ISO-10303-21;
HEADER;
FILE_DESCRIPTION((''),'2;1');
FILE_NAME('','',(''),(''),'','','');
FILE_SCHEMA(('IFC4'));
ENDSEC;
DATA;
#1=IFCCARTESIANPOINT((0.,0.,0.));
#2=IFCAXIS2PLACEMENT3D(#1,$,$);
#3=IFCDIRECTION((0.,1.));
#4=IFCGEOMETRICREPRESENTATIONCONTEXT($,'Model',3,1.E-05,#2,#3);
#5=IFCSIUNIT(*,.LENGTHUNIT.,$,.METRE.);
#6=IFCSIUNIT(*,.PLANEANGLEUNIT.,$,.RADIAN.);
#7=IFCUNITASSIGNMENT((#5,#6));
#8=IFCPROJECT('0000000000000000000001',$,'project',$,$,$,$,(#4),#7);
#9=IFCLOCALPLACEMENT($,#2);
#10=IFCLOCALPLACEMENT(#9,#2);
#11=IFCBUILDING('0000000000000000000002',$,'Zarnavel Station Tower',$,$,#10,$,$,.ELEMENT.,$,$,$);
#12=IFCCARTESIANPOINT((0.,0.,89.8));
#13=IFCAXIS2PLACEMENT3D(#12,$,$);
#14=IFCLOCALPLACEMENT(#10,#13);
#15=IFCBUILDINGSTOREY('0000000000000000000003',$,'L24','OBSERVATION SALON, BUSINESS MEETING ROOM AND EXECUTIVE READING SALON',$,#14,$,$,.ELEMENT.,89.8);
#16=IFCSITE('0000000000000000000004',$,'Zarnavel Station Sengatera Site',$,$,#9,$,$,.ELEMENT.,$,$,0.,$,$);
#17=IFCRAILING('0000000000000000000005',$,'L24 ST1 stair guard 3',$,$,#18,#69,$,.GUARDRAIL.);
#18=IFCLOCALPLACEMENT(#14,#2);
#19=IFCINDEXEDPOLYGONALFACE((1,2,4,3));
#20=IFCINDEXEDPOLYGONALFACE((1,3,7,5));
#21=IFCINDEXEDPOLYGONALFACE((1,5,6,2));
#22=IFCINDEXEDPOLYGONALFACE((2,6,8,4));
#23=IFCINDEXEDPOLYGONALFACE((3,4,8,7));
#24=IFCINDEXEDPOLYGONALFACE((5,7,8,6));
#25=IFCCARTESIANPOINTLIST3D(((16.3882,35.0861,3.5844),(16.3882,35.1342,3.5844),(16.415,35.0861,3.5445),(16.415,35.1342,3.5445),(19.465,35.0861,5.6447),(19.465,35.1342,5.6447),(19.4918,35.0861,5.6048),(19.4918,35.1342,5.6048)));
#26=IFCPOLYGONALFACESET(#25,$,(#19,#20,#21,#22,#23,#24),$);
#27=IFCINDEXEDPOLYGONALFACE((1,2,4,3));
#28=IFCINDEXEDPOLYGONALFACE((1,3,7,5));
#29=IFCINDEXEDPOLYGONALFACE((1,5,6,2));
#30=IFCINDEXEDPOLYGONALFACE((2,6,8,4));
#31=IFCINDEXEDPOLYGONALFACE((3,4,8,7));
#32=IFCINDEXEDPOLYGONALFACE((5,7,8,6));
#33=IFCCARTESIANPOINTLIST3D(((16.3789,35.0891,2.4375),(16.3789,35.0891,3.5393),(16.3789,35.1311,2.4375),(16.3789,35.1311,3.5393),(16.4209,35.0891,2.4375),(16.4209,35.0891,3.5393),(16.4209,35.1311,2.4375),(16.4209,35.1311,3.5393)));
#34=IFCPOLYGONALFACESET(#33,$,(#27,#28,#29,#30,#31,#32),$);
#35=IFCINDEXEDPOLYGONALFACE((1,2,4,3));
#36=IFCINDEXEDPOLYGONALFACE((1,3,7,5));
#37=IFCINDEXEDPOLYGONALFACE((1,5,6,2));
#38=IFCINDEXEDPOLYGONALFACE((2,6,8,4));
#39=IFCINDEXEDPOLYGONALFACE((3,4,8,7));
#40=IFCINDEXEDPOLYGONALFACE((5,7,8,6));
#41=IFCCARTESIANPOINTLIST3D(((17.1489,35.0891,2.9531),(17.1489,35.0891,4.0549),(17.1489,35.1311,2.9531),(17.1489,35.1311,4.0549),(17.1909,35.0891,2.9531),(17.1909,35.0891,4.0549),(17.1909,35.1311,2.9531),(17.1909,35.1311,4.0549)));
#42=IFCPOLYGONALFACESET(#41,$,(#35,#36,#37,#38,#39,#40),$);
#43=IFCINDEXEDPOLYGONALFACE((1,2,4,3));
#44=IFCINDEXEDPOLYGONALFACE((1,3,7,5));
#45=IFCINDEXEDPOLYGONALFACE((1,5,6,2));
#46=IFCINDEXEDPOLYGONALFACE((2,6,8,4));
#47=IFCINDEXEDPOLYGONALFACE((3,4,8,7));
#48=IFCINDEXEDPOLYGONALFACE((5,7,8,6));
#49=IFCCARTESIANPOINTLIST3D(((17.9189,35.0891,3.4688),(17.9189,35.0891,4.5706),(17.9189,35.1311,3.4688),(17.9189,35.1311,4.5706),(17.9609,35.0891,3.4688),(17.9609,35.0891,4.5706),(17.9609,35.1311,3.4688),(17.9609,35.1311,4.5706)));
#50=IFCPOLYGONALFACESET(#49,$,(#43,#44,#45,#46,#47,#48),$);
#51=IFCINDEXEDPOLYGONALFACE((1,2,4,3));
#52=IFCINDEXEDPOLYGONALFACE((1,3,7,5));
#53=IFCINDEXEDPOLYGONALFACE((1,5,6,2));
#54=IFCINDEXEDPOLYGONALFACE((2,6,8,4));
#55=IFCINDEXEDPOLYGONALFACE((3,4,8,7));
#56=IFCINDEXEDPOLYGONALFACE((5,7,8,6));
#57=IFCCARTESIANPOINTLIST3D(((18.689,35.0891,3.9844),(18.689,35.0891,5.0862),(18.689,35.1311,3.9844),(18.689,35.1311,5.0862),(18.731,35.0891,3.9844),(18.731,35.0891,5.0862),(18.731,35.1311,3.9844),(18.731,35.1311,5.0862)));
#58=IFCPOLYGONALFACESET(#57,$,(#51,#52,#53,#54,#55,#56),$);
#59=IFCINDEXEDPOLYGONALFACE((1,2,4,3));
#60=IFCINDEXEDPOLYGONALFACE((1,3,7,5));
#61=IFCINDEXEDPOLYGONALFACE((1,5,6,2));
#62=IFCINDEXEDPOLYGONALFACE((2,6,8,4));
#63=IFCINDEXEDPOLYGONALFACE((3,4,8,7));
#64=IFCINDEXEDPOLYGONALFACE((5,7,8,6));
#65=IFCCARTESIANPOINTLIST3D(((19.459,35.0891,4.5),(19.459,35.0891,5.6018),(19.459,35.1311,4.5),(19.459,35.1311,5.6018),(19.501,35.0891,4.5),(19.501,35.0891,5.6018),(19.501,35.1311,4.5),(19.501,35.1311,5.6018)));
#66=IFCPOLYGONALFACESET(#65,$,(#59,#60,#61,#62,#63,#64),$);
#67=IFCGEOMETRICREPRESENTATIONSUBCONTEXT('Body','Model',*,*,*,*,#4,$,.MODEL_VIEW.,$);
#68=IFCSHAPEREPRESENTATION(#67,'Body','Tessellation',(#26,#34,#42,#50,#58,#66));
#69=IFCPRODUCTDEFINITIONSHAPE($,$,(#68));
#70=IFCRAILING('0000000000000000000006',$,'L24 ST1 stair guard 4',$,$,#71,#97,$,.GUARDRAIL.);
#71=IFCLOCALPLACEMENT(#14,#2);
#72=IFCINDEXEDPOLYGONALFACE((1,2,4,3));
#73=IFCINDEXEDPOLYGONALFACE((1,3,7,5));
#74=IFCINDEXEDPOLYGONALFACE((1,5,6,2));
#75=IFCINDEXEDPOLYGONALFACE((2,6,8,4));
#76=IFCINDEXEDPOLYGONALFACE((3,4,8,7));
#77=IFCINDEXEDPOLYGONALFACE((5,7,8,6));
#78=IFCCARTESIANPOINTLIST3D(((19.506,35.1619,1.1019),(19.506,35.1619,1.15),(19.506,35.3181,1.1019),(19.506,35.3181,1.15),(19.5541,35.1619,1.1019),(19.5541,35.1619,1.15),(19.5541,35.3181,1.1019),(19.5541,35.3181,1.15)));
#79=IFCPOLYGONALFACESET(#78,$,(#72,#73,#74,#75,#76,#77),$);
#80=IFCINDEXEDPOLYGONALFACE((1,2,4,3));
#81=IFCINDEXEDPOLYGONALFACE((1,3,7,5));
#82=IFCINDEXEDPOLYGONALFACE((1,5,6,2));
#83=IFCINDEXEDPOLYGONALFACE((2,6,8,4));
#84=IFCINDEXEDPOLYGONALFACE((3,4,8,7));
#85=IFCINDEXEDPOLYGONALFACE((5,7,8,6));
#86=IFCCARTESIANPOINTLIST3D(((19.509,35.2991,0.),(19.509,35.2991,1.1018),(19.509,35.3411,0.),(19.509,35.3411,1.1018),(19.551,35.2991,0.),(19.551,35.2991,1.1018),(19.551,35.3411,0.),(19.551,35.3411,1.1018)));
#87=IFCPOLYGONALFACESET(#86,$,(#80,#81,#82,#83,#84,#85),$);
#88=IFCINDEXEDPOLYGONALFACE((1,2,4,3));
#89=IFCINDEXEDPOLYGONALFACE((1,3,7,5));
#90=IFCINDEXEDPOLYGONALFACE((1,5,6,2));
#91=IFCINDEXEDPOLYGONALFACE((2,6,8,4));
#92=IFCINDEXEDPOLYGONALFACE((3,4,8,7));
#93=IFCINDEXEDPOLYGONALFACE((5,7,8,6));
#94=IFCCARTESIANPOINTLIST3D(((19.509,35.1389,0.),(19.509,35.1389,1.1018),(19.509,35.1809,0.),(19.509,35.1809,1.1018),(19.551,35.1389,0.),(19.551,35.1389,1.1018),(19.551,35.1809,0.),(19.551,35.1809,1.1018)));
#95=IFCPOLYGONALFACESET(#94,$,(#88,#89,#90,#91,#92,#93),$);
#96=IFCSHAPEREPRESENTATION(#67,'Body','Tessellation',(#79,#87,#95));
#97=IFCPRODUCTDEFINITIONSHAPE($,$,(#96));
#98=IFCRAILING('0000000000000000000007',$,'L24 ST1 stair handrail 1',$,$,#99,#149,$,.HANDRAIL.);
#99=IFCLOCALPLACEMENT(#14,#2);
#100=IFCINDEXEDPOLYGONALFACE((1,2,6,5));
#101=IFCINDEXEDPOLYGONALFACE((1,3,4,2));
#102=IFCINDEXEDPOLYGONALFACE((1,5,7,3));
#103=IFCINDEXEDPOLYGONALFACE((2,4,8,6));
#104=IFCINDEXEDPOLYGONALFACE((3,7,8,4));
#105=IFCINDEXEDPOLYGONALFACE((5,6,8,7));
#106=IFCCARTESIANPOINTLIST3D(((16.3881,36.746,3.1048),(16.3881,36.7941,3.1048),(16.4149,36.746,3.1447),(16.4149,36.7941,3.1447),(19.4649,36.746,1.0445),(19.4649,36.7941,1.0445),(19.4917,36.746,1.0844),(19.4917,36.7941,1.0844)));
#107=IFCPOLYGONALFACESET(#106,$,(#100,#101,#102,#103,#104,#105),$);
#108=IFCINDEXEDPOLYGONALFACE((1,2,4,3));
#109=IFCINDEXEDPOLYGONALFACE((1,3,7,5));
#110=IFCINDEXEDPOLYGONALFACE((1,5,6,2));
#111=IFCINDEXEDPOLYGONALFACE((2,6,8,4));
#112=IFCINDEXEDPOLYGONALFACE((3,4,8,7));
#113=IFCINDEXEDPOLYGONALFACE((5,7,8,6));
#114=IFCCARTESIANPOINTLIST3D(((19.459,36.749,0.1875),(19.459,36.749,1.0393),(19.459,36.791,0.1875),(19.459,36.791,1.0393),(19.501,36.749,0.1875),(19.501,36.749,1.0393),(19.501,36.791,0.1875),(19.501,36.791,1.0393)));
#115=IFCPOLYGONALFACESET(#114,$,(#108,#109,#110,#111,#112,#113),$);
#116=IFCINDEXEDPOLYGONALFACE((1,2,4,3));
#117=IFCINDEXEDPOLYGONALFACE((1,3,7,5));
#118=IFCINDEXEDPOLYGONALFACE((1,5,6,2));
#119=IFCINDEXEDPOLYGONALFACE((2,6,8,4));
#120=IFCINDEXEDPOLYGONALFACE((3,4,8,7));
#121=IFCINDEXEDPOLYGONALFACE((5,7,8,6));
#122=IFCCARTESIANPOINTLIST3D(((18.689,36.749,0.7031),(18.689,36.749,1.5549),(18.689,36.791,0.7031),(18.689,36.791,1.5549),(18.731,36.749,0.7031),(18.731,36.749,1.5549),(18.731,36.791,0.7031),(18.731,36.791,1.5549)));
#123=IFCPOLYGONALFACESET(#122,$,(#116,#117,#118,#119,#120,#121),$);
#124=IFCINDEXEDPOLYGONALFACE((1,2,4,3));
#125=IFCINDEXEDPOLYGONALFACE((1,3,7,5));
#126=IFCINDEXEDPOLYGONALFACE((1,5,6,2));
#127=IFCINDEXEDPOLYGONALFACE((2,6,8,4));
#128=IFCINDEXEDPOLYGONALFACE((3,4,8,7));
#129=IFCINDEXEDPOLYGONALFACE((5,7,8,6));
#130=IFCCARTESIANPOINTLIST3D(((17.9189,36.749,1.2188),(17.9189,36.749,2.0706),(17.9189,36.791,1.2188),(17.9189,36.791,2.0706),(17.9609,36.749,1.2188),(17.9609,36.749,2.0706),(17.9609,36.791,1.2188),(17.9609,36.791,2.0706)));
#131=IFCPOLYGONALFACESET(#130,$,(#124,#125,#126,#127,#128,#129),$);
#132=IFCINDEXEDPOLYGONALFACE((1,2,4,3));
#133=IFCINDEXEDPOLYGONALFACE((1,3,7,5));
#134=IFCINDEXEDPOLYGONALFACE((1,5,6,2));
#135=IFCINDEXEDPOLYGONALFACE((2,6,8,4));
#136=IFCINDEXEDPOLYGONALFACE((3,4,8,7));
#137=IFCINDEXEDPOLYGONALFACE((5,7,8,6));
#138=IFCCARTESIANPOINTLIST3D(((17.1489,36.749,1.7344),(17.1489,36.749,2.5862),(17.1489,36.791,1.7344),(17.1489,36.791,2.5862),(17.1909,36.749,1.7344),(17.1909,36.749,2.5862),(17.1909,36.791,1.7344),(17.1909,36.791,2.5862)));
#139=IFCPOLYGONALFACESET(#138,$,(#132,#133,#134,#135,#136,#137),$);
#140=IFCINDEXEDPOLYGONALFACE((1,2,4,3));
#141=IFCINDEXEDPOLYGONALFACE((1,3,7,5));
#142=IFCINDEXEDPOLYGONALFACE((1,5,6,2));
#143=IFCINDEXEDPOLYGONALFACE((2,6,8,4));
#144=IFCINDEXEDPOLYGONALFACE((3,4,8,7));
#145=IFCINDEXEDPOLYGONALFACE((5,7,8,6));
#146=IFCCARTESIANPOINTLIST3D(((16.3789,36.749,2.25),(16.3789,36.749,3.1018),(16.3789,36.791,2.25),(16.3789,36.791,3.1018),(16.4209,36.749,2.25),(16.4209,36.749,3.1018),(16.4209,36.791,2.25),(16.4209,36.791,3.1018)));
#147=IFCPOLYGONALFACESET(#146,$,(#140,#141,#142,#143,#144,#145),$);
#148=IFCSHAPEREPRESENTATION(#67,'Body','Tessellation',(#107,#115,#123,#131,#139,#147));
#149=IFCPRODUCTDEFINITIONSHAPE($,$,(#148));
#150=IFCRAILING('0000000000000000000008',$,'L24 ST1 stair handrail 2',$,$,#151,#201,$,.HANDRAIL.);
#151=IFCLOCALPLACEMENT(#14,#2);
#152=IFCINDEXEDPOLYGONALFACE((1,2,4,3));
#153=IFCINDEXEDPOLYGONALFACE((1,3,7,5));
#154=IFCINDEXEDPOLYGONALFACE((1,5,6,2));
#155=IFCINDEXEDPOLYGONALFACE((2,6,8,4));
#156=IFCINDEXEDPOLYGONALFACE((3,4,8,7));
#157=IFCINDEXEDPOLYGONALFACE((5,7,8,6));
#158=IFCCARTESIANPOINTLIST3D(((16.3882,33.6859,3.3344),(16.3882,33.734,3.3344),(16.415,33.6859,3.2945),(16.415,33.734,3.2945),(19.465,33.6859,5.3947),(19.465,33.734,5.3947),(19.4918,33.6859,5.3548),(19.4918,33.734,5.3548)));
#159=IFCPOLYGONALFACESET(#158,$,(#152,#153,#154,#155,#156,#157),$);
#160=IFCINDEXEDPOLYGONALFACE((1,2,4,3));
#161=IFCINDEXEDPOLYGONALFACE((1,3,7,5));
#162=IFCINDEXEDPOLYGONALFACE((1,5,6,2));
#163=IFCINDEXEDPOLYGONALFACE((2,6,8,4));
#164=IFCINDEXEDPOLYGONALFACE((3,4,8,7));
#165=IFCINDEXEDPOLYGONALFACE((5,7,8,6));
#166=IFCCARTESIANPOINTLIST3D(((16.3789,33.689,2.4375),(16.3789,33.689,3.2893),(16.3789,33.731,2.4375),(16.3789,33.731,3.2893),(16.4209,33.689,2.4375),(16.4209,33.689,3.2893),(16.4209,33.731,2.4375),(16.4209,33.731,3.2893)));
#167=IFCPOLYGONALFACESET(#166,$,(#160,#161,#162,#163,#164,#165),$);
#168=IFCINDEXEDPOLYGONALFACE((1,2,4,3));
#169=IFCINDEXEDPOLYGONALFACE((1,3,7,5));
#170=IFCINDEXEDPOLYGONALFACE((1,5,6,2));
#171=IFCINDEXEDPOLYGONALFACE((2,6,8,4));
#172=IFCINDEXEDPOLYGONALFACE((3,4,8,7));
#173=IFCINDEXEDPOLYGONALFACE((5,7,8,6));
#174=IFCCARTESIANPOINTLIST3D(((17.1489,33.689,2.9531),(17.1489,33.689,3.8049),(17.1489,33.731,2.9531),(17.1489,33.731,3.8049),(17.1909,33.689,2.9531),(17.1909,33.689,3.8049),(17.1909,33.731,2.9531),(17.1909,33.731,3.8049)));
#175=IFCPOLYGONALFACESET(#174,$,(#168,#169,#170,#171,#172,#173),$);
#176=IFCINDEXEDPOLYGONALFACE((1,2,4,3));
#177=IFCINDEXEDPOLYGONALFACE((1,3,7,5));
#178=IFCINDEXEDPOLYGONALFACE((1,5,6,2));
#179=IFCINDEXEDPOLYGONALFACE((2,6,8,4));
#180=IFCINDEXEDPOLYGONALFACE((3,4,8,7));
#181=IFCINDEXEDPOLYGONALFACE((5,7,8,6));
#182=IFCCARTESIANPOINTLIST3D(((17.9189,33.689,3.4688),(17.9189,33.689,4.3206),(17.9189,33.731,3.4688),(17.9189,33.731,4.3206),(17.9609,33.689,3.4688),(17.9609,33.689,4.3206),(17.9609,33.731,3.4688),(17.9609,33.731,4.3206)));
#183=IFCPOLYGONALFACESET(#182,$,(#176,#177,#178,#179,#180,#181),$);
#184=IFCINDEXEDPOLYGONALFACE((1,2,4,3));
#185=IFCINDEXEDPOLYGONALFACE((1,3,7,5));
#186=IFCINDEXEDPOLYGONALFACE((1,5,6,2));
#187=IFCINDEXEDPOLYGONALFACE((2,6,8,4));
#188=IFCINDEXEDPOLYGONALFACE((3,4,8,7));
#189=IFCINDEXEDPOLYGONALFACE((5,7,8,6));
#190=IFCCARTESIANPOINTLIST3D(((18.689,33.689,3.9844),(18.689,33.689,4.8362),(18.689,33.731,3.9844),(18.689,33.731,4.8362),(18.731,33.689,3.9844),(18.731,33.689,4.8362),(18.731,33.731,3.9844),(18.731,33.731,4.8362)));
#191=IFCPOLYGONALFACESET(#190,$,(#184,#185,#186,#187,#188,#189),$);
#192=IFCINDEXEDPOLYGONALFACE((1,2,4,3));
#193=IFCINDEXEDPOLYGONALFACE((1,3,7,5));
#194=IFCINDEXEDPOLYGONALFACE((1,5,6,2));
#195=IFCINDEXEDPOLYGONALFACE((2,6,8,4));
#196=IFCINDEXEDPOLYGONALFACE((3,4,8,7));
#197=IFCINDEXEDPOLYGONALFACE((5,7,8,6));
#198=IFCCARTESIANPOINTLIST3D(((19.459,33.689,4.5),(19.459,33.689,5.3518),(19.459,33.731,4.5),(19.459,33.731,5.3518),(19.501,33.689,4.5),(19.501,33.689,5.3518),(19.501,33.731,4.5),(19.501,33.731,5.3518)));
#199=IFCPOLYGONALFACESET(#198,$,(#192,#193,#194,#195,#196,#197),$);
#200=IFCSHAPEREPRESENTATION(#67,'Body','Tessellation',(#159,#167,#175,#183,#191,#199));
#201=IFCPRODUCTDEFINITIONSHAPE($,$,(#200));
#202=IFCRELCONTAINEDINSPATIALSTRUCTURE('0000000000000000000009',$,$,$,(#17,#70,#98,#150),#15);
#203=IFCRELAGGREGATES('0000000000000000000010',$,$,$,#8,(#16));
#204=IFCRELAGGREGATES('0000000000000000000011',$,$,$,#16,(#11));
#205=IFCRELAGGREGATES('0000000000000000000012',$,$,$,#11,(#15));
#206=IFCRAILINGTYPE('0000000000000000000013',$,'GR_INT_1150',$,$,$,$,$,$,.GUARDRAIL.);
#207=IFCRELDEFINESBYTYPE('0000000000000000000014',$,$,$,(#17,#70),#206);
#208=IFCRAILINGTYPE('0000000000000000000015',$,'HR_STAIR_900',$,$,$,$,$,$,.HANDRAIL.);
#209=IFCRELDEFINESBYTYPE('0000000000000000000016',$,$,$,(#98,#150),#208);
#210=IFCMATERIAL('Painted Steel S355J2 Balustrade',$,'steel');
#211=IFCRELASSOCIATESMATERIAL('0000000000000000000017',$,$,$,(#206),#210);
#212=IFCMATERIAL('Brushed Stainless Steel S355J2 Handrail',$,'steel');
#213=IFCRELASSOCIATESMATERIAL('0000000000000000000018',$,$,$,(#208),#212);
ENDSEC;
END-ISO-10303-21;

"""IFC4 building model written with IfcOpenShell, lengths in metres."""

from ifc_helpers import new_model, si_unit, direction, frame, origin, origin_2d, place, context, subcontext, project, spatial, rectangle, extrude, material, type_object, element, save


model = new_model("IFC4")

# Units and contexts
model_context = context("Model", 3, precision=1e-05, world=origin(), true_north=direction((0.0, 1.0)))
body_context = subcontext(model_context, "Body", "Model", "MODEL_VIEW")
ifc_project = project(units=[si_unit("LENGTHUNIT", "METRE"), si_unit("PLANEANGLEUNIT", "RADIAN")], contexts=[model_context])

# Site, building, storey
site_placement = place(None, origin())
site = spatial("IfcSite", under=ifc_project, at=site_placement, Name="Zarnavel Station Sengatera Site", CompositionType="ELEMENT", RefElevation=0.0)
building_placement = place(site_placement, origin())
building = spatial("IfcBuilding", under=site, at=building_placement, Name="Zarnavel Station Tower", CompositionType="ELEMENT")
storey_placement = place(building_placement, frame((0.0, 0.0, 89.8)))
storey = spatial("IfcBuildingStorey", under=building, at=storey_placement, Name="L24", Description="OBSERVATION SALON, BUSINESS MEETING ROOM AND EXECUTIVE READING SALON", CompositionType="ELEMENT", Elevation=89.8)

# Railings
ifc_material_1 = material(Name="Painted Steel S355J2 Balustrade", Category="steel")
railing_type_1 = type_object("IfcRailingType", Name="GR_INT_1150", PredefinedType="GUARDRAIL", material=ifc_material_1)
railing_1_placement = place(storey_placement, frame((16.3999, 35.1101, 2.4375)))
element("IfcRailing", 1, at=railing_1_placement, inside=storey, type_object=railing_type_1, Name="L24 ST1 stair guard 3", PredefinedType="GUARDRAIL", context=body_context, shape_type="SweptSolid", body=[
    extrude(rectangle(XDim=0.0481, YDim=0.0481, at=origin_2d()), frame((0.0017, 0.0, 1.127), z_axis=(0.830914, 0.0, 0.556401), x_axis=(0.0, 1.0, 0.0)), (0.0, 0.0, 1.0), 3.7029),
    extrude(rectangle(XDim=0.042, YDim=0.042, at=origin_2d()), origin(), (0.0, 0.0, 1.0), 1.1018),
    extrude(rectangle(XDim=0.042, YDim=0.042, at=origin_2d()), frame((0.77, 0.0, 0.5156)), (0.0, 0.0, 1.0), 1.1018),
    extrude(rectangle(XDim=0.042, YDim=0.042, at=origin_2d()), frame((1.54, 0.0, 1.0312)), (0.0, 0.0, 1.0), 1.1018),
    extrude(rectangle(XDim=0.042, YDim=0.042, at=origin_2d()), frame((2.3101, 0.0, 1.5469)), (0.0, 0.0, 1.0), 1.1018),
    extrude(rectangle(XDim=0.042, YDim=0.042, at=origin_2d()), frame((3.0801, 0.0, 2.0625)), (0.0, 0.0, 1.0), 1.1018),
])
railing_2_placement = place(storey_placement, frame((19.53, 35.3201, 0.0)))
element("IfcRailing", 2, at=railing_2_placement, inside=storey, type_object=railing_type_1, Name="L24 ST1 stair guard 4", PredefinedType="GUARDRAIL", context=body_context, shape_type="SweptSolid", body=[
    extrude(rectangle(XDim=0.0481, YDim=0.0481, at=origin_2d()), frame((0.0, -0.002, 1.126), z_axis=(0.0, -1.0, 0.0), x_axis=(1.0, 0.0, 0.0)), (0.0, 0.0, 1.0), 0.1562),
    extrude(rectangle(XDim=0.042, YDim=0.042, at=origin_2d()), origin(), (0.0, 0.0, 1.0), 1.1018),
    extrude(rectangle(XDim=0.042, YDim=0.042, at=origin_2d()), frame((0.0, -0.1602, 0.0)), (0.0, 0.0, 1.0), 1.1018),
])
ifc_material_2 = material(Name="Brushed Stainless Steel S355J2 Handrail", Category="steel")
railing_type_2 = type_object("IfcRailingType", Name="HR_STAIR_900", PredefinedType="HANDRAIL", material=ifc_material_2)
railing_3_placement = place(storey_placement, frame((19.48, 36.77, 0.1875)))
element("IfcRailing", 3, at=railing_3_placement, inside=storey, type_object=railing_type_2, Name="L24 ST1 stair handrail 1", PredefinedType="HANDRAIL", context=body_context, shape_type="SweptSolid", body=[
    extrude(rectangle(XDim=0.0481, YDim=0.0481, at=origin_2d()), frame((-0.0017, 0.0, 0.877), z_axis=(-0.830914, 0.0, 0.556401), x_axis=(0.0, -1.0, 0.0)), (0.0, 0.0, 1.0), 3.7029),
    extrude(rectangle(XDim=0.042, YDim=0.042, at=origin_2d()), origin(), (0.0, 0.0, 1.0), 0.8518),
    extrude(rectangle(XDim=0.042, YDim=0.042, at=origin_2d()), frame((-0.77, 0.0, 0.5156)), (0.0, 0.0, 1.0), 0.8518),
    extrude(rectangle(XDim=0.042, YDim=0.042, at=origin_2d()), frame((-1.54, 0.0, 1.0312)), (0.0, 0.0, 1.0), 0.8518),
    extrude(rectangle(XDim=0.042, YDim=0.042, at=origin_2d()), frame((-2.3101, 0.0, 1.5469)), (0.0, 0.0, 1.0), 0.8518),
    extrude(rectangle(XDim=0.042, YDim=0.042, at=origin_2d()), frame((-3.0801, 0.0, 2.0625)), (0.0, 0.0, 1.0), 0.8518),
])
railing_4_placement = place(storey_placement, frame((16.3999, 33.71, 2.4375)))
element("IfcRailing", 4, at=railing_4_placement, inside=storey, type_object=railing_type_2, Name="L24 ST1 stair handrail 2", PredefinedType="HANDRAIL", context=body_context, shape_type="SweptSolid", body=[
    extrude(rectangle(XDim=0.0481, YDim=0.0481, at=origin_2d()), frame((0.0017, 0.0, 0.877), z_axis=(0.830914, 0.0, 0.556401), x_axis=(0.0, 1.0, 0.0)), (0.0, 0.0, 1.0), 3.7029),
    extrude(rectangle(XDim=0.042, YDim=0.042, at=origin_2d()), origin(), (0.0, 0.0, 1.0), 0.8518),
    extrude(rectangle(XDim=0.042, YDim=0.042, at=origin_2d()), frame((0.77, 0.0, 0.5156)), (0.0, 0.0, 1.0), 0.8518),
    extrude(rectangle(XDim=0.042, YDim=0.042, at=origin_2d()), frame((1.54, 0.0, 1.0312)), (0.0, 0.0, 1.0), 0.8518),
    extrude(rectangle(XDim=0.042, YDim=0.042, at=origin_2d()), frame((2.3101, 0.0, 1.5469)), (0.0, 0.0, 1.0), 0.8518),
    extrude(rectangle(XDim=0.042, YDim=0.042, at=origin_2d()), frame((3.0801, 0.0, 2.0625)), (0.0, 0.0, 1.0), 0.8518),
])

save(model, "model.ifc")
